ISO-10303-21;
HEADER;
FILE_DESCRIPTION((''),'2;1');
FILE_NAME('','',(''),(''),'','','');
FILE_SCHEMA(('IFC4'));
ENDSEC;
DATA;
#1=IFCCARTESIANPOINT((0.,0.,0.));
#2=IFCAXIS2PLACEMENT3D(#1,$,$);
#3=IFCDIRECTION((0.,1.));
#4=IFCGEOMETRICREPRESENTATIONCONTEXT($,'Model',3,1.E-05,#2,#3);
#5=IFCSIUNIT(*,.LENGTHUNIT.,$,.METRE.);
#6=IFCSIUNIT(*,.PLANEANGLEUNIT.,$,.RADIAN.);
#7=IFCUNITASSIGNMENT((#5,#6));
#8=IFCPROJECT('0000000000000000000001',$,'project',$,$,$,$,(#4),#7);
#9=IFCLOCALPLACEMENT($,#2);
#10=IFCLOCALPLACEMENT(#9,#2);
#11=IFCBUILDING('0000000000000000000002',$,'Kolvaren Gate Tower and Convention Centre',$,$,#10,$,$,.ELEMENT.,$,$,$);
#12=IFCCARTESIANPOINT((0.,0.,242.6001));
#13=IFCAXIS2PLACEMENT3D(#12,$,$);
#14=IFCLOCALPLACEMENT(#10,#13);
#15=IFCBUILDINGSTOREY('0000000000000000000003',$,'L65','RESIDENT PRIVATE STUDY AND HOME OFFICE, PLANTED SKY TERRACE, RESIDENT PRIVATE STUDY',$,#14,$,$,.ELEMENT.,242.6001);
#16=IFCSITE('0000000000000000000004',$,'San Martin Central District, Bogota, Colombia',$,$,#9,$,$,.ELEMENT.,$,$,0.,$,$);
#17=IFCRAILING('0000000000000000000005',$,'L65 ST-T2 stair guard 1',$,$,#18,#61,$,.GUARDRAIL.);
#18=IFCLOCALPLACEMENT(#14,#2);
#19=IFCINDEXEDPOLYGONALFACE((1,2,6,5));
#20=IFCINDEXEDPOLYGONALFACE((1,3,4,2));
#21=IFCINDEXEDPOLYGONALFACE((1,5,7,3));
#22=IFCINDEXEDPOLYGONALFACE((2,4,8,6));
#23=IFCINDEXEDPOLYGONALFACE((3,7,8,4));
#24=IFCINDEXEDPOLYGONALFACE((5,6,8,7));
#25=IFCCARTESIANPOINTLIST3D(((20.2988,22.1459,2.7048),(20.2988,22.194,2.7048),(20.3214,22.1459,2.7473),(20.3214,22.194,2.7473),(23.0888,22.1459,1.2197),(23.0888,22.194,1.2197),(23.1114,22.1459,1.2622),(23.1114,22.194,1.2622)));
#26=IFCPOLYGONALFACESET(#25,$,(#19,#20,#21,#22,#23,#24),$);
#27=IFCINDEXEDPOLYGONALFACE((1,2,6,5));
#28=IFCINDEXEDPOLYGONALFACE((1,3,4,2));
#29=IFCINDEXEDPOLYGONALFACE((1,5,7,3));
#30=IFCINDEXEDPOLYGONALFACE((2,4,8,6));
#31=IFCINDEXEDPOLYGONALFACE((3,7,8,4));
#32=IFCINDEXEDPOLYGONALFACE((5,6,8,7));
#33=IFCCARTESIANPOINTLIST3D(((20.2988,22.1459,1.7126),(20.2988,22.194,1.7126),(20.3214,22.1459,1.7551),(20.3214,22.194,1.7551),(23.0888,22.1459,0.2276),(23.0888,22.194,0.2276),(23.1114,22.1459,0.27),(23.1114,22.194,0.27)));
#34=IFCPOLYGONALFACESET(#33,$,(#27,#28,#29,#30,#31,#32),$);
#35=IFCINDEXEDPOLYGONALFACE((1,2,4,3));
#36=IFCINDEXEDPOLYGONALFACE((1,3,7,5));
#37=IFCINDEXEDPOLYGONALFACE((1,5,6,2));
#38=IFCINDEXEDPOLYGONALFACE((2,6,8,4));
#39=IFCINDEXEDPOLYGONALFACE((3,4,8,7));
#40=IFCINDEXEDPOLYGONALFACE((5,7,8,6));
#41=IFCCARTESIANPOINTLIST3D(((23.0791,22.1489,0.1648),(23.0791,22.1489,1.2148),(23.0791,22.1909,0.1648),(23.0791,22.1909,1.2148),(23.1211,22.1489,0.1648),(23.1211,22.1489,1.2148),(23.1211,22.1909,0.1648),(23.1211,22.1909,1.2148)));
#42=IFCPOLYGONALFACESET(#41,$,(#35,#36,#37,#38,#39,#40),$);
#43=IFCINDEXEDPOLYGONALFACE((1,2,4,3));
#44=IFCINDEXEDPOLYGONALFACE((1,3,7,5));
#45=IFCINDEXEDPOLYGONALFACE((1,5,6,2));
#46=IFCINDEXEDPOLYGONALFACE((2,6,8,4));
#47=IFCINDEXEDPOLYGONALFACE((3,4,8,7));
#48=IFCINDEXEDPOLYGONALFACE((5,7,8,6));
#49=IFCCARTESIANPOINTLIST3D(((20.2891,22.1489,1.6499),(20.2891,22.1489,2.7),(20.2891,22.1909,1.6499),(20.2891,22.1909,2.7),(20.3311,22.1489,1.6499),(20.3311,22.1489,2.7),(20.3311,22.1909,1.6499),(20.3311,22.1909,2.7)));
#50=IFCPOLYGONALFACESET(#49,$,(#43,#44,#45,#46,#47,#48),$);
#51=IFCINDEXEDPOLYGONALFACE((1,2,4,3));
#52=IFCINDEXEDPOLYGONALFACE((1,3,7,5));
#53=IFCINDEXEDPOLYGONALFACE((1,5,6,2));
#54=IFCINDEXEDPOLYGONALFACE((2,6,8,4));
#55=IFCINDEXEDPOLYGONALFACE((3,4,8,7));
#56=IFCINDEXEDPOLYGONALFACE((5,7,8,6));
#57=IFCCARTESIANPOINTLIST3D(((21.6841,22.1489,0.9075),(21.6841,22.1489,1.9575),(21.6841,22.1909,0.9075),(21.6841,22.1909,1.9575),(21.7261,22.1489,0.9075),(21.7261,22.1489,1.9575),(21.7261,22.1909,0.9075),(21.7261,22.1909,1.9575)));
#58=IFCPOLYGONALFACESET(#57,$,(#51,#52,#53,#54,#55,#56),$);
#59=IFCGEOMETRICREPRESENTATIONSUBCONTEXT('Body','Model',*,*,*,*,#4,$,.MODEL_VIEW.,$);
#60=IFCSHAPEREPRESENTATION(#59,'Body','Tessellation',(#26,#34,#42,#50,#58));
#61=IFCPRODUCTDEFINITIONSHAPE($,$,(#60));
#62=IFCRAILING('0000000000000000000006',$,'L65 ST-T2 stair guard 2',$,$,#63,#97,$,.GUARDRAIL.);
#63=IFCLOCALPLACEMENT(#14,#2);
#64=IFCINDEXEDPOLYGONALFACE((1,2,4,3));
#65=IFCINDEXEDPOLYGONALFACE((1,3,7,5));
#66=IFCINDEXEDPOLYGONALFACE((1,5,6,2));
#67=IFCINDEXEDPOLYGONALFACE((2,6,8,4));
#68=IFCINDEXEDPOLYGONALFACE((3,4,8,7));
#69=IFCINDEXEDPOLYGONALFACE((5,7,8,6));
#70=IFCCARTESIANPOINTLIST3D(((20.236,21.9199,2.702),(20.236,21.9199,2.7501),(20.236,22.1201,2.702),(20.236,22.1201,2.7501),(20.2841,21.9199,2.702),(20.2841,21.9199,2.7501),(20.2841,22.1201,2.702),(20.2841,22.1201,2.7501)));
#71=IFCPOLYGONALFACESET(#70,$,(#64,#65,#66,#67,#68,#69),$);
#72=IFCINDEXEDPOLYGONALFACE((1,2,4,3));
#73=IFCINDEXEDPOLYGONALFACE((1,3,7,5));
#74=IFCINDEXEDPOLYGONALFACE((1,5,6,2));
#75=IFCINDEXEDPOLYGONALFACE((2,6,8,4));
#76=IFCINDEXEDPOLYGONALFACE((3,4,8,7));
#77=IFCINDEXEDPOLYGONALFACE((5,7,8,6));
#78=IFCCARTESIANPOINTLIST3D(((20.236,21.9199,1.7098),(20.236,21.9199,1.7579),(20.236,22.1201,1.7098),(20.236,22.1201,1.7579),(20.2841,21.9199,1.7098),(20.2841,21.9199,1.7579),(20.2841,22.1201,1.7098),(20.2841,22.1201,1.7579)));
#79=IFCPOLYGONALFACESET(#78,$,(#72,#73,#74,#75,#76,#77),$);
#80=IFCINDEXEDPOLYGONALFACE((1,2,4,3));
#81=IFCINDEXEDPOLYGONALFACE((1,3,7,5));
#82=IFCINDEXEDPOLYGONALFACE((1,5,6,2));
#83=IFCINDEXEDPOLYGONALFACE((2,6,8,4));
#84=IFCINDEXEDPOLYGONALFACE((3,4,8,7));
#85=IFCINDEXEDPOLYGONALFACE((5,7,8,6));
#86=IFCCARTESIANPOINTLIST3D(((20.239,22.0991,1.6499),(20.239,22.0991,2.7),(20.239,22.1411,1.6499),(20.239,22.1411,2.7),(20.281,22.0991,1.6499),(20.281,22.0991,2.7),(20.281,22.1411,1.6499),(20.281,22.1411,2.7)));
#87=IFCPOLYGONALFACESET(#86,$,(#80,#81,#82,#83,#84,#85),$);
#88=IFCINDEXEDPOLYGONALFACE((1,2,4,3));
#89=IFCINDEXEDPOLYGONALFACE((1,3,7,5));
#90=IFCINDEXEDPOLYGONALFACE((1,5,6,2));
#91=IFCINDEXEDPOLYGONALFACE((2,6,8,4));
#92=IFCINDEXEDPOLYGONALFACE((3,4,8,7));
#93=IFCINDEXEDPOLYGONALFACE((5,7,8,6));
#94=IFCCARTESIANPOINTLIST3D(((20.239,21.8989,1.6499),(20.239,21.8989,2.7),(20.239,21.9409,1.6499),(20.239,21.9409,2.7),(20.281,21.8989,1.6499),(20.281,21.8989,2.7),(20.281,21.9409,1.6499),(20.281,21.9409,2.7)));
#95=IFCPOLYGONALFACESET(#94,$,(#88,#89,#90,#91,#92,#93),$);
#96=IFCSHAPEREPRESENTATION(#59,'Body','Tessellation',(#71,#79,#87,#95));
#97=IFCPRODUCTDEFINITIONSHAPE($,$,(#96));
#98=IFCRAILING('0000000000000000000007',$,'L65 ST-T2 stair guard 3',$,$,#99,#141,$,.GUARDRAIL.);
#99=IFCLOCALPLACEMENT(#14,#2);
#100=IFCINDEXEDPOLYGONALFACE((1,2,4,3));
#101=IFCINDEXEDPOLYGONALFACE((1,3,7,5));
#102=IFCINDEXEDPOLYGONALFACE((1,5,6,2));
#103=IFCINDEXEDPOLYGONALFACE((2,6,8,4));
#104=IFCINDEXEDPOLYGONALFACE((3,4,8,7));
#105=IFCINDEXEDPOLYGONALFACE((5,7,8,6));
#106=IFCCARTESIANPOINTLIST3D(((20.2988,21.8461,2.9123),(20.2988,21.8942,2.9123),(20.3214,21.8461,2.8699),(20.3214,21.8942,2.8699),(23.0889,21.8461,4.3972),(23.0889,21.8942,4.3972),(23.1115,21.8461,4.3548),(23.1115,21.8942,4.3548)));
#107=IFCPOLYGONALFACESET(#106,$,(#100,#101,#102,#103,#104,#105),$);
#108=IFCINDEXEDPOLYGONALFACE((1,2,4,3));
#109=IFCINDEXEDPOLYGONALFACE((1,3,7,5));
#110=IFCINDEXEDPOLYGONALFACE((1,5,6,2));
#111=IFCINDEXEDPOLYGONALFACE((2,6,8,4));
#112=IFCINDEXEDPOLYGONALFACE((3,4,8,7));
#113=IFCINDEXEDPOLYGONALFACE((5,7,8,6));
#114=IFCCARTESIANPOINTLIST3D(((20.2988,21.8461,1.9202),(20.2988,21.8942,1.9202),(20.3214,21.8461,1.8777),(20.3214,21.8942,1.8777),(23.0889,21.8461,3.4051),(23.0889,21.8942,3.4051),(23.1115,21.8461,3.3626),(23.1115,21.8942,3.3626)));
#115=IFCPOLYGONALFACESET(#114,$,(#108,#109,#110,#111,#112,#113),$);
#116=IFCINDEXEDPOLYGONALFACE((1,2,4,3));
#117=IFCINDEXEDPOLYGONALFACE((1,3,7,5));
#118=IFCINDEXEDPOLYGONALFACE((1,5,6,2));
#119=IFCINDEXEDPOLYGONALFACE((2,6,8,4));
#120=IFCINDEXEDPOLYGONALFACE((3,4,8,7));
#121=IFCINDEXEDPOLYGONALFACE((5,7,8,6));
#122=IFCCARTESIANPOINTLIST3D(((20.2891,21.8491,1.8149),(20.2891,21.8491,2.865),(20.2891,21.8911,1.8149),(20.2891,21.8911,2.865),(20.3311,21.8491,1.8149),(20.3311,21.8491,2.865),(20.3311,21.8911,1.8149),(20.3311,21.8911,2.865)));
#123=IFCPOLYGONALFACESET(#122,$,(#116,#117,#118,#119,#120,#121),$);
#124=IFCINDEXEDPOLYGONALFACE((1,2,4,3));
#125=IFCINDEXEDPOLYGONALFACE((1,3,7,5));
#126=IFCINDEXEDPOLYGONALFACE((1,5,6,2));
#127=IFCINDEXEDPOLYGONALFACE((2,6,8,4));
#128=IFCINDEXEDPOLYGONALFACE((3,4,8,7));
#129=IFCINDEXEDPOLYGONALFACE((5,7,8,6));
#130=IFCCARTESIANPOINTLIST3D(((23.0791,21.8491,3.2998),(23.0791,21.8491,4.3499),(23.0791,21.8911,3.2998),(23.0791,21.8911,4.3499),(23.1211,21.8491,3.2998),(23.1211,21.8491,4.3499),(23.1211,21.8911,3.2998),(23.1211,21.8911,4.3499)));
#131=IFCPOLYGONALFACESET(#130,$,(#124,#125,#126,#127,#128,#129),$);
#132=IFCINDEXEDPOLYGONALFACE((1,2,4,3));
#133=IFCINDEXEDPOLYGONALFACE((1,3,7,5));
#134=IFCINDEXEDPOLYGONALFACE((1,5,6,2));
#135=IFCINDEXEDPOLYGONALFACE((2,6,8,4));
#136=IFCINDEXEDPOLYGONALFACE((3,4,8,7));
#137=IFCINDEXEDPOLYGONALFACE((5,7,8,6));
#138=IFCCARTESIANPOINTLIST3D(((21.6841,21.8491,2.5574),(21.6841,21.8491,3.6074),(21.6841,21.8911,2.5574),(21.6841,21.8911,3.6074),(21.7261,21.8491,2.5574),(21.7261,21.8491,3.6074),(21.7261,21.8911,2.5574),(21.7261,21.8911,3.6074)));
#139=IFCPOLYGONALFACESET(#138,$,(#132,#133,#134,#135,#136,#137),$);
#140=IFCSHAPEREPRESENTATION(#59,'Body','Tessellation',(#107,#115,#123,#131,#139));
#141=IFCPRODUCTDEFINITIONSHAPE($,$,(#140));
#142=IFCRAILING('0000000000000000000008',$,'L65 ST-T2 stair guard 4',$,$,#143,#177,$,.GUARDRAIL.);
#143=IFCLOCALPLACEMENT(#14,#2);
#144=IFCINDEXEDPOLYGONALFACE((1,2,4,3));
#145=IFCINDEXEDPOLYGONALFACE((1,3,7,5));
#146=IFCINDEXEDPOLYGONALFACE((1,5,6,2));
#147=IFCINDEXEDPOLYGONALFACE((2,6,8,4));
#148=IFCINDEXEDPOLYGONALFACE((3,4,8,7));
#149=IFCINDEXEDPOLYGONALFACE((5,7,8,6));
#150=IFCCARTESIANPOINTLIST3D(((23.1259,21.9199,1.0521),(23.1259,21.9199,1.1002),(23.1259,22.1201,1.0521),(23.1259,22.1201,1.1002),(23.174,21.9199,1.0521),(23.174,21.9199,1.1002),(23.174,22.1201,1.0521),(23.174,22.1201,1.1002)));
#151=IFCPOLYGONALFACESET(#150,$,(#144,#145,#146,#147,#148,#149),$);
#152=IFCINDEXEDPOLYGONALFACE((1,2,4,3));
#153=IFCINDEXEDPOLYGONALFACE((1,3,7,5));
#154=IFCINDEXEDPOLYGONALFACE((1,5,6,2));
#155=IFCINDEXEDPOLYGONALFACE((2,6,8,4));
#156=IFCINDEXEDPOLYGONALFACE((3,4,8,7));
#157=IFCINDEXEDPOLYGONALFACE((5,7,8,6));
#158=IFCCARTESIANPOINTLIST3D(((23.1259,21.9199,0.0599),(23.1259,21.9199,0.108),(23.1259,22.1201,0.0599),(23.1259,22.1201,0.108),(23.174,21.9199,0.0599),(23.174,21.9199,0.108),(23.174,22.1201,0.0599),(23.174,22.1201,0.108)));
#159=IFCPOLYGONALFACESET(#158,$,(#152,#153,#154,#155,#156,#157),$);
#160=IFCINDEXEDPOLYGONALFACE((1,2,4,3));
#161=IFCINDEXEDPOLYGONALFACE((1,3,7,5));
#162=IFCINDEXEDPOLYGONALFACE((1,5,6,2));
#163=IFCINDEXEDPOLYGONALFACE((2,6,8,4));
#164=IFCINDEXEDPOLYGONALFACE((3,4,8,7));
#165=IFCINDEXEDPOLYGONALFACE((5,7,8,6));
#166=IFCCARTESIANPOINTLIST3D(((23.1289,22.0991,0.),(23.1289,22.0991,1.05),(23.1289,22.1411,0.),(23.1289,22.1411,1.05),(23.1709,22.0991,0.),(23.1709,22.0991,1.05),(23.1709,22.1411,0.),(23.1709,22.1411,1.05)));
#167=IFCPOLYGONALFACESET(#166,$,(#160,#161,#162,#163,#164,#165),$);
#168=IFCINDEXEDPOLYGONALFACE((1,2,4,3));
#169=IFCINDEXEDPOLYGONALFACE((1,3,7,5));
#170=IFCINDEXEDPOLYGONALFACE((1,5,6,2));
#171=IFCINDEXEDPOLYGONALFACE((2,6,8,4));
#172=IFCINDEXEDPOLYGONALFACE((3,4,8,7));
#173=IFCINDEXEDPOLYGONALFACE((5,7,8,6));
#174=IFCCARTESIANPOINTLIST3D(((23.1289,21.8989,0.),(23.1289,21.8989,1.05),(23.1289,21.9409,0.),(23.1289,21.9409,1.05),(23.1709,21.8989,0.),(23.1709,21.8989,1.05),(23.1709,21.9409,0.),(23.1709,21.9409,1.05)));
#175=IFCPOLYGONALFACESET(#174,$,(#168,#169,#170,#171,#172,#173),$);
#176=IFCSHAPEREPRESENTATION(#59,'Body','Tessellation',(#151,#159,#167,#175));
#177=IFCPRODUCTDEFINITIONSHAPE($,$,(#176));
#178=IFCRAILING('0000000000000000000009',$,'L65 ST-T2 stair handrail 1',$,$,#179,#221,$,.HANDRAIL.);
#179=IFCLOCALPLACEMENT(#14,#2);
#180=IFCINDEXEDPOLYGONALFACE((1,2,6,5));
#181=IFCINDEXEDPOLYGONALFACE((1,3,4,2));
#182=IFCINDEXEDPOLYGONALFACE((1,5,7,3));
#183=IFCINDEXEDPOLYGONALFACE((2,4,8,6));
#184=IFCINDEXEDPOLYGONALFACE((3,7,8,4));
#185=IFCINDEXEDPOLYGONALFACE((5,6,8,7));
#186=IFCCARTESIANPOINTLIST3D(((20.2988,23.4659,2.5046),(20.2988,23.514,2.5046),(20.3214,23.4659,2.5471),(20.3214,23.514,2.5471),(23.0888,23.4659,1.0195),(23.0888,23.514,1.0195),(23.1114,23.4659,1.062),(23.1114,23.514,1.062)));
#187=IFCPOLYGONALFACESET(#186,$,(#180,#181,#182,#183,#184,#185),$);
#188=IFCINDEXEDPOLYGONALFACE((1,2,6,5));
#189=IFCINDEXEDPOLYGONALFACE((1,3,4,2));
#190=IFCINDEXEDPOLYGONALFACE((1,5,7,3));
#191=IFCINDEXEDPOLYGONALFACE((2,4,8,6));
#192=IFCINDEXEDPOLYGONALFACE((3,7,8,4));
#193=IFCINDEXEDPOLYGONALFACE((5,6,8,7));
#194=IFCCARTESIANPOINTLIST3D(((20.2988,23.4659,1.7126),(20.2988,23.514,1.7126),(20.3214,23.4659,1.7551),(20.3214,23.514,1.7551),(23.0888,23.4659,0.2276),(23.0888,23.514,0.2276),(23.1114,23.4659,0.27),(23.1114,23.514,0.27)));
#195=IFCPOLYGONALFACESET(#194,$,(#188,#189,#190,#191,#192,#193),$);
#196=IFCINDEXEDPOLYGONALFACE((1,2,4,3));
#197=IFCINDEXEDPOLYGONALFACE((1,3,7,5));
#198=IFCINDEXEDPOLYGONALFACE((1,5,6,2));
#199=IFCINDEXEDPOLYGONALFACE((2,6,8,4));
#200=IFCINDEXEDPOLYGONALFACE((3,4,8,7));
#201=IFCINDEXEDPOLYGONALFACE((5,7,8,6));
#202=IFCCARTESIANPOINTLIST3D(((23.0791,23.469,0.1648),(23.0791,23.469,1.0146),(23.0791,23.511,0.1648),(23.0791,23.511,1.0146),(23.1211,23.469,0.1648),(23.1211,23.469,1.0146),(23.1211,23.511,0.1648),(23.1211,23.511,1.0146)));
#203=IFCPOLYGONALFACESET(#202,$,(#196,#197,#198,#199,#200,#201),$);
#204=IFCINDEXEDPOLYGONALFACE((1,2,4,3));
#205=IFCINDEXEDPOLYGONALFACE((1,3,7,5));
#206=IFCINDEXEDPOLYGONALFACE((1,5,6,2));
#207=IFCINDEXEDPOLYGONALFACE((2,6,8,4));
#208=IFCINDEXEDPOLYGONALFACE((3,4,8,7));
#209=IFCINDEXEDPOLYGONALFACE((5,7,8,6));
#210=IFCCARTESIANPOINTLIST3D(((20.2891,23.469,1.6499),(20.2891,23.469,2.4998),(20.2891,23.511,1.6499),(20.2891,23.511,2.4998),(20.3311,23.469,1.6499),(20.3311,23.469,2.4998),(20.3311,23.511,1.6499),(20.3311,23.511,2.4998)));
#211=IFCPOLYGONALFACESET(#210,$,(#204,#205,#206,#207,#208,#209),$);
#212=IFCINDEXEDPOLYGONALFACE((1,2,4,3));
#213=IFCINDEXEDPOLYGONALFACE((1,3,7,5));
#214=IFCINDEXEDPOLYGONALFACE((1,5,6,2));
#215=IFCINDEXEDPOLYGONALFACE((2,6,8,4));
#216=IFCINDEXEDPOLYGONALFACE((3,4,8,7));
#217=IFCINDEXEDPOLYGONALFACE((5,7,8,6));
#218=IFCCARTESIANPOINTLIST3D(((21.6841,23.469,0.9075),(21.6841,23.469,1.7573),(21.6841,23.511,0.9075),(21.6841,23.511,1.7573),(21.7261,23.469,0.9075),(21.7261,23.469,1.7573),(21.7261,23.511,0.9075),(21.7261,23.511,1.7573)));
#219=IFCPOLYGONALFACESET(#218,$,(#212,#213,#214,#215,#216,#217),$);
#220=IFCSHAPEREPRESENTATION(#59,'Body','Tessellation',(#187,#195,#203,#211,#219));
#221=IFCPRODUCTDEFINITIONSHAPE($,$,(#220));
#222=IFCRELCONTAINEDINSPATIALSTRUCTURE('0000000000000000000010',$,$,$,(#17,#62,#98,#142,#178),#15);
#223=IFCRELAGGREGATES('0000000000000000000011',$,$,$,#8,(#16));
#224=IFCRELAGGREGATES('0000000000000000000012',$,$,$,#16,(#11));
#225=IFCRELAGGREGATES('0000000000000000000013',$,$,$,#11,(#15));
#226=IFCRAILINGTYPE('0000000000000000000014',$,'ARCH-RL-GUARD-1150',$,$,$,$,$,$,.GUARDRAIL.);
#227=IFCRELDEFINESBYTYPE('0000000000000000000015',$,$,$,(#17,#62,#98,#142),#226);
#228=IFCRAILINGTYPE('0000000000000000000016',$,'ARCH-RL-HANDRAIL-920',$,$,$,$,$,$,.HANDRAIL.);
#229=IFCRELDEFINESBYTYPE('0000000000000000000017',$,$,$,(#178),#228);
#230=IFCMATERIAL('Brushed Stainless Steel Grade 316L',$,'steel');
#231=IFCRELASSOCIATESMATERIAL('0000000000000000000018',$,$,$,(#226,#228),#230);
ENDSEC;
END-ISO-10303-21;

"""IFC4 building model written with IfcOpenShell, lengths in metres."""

from ifc_helpers import new_model, si_unit, direction, frame, origin, origin_2d, place, context, subcontext, project, spatial, rectangle, extrude, material, type_object, element, save


model = new_model("IFC4")

# Units and contexts
model_context = context("Model", 3, precision=1e-05, world=origin(), true_north=direction((0.0, 1.0)))
body_context = subcontext(model_context, "Body", "Model", "MODEL_VIEW")
ifc_project = project(units=[si_unit("LENGTHUNIT", "METRE"), si_unit("PLANEANGLEUNIT", "RADIAN")], contexts=[model_context])

# Site, building, storey
site_placement = place(None, origin())
site = spatial("IfcSite", under=ifc_project, at=site_placement, Name="San Martin Central District, Bogota, Colombia", CompositionType="ELEMENT", RefElevation=0.0)
building_placement = place(site_placement, origin())
building = spatial("IfcBuilding", under=site, at=building_placement, Name="Kolvaren Gate Tower and Convention Centre", CompositionType="ELEMENT")
storey_placement = place(building_placement, frame((0.0, 0.0, 242.6001)))
storey = spatial("IfcBuildingStorey", under=building, at=storey_placement, Name="L65", Description="RESIDENT PRIVATE STUDY AND HOME OFFICE, PLANTED SKY TERRACE, RESIDENT PRIVATE STUDY", CompositionType="ELEMENT", Elevation=242.6001)

# Shared definitions
ifc_material_1 = material(Name="Brushed Stainless Steel Grade 316L", Category="steel")

# Railings
railing_type_1 = type_object("IfcRailingType", Name="ARCH-RL-GUARD-1150", PredefinedType="GUARDRAIL", material=ifc_material_1)
railing_1_placement = place(storey_placement, frame((23.1001, 22.1699, 0.1648)))
element("IfcRailing", 1, at=railing_1_placement, inside=storey, type_object=railing_type_1, Name="L65 ST-T2 stair guard 1", PredefinedType="GUARDRAIL", context=body_context, shape_type="SweptSolid", body=[
    extrude(rectangle(XDim=0.0481, YDim=0.0481, at=origin_2d()), frame((0.0, 0.0, 1.0762), z_axis=(-0.882735, 0.0, 0.46987), x_axis=(0.0, -1.0, 0.0)), (0.0, 0.0, 1.0), 3.1606),
    extrude(rectangle(XDim=0.0481, YDim=0.0481, at=origin_2d()), frame((0.0, 0.0, 0.084), z_axis=(-0.882735, 0.0, 0.46987), x_axis=(0.0, -1.0, 0.0)), (0.0, 0.0, 1.0), 3.1606),
    extrude(rectangle(XDim=0.042, YDim=0.042, at=origin_2d()), origin(), (0.0, 0.0, 1.0), 1.05),
    extrude(rectangle(XDim=0.042, YDim=0.042, at=origin_2d()), frame((-2.79, 0.0, 1.4851)), (0.0, 0.0, 1.0), 1.05),
    extrude(rectangle(XDim=0.042, YDim=0.042, at=origin_2d()), frame((-1.395, 0.0, 0.7427)), (0.0, 0.0, 1.0), 1.05),
])
railing_2_placement = place(storey_placement, frame((20.26, 22.1201, 1.6499)))
element("IfcRailing", 2, at=railing_2_placement, inside=storey, type_object=railing_type_1, Name="L65 ST-T2 stair guard 2", PredefinedType="GUARDRAIL", context=body_context, shape_type="SweptSolid", body=[
    extrude(rectangle(XDim=0.0481, YDim=0.0481, at=origin_2d()), frame((0.0, 0.0, 1.0762), z_axis=(0.0, -1.0, 0.0), x_axis=(1.0, 0.0, 0.0)), (0.0, 0.0, 1.0), 0.2002),
    extrude(rectangle(XDim=0.0481, YDim=0.0481, at=origin_2d()), frame((0.0, 0.0, 0.084), z_axis=(0.0, -1.0, 0.0), x_axis=(1.0, 0.0, 0.0)), (0.0, 0.0, 1.0), 0.2002),
    extrude(rectangle(XDim=0.042, YDim=0.042, at=origin_2d()), origin(), (0.0, 0.0, 1.0), 1.05),
    extrude(rectangle(XDim=0.042, YDim=0.042, at=origin_2d()), frame((0.0, -0.2002, 0.0)), (0.0, 0.0, 1.0), 1.05),
])
railing_3_placement = place(storey_placement, frame((20.3101, 21.8701, 1.8149)))
element("IfcRailing", 3, at=railing_3_placement, inside=storey, type_object=railing_type_1, Name="L65 ST-T2 stair guard 3", PredefinedType="GUARDRAIL", context=body_context, shape_type="SweptSolid", body=[
    extrude(rectangle(XDim=0.0481, YDim=0.0481, at=origin_2d()), frame((0.0, 0.0, 1.0762), z_axis=(0.882767, 0.0, 0.46981), x_axis=(0.0, 1.0, 0.0)), (0.0, 0.0, 1.0), 3.1606),
    extrude(rectangle(XDim=0.0481, YDim=0.0481, at=origin_2d()), frame((0.0, 0.0, 0.084), z_axis=(0.882767, 0.0, 0.46981), x_axis=(0.0, 1.0, 0.0)), (0.0, 0.0, 1.0), 3.1606),
    extrude(rectangle(XDim=0.042, YDim=0.042, at=origin_2d()), origin(), (0.0, 0.0, 1.0), 1.05),
    extrude(rectangle(XDim=0.042, YDim=0.042, at=origin_2d()), frame((2.79, 0.0, 1.4849)), (0.0, 0.0, 1.0), 1.05),
    extrude(rectangle(XDim=0.042, YDim=0.042, at=origin_2d()), frame((1.395, 0.0, 0.7424)), (0.0, 0.0, 1.0), 1.05),
])
railing_4_placement = place(storey_placement, frame((23.1499, 22.1201, 0.0)))
element("IfcRailing", 4, at=railing_4_placement, inside=storey, type_object=railing_type_1, Name="L65 ST-T2 stair guard 4", PredefinedType="GUARDRAIL", context=body_context, shape_type="SweptSolid", body=[
    extrude(rectangle(XDim=0.0481, YDim=0.0481, at=origin_2d()), frame((0.0, 0.0, 1.0762), z_axis=(0.0, -1.0, 0.0), x_axis=(1.0, 0.0, 0.0)), (0.0, 0.0, 1.0), 0.2002),
    extrude(rectangle(XDim=0.0481, YDim=0.0481, at=origin_2d()), frame((0.0, 0.0, 0.084), z_axis=(0.0, -1.0, 0.0), x_axis=(1.0, 0.0, 0.0)), (0.0, 0.0, 1.0), 0.2002),
    extrude(rectangle(XDim=0.042, YDim=0.042, at=origin_2d()), origin(), (0.0, 0.0, 1.0), 1.05),
    extrude(rectangle(XDim=0.042, YDim=0.042, at=origin_2d()), frame((0.0, -0.2002, 0.0)), (0.0, 0.0, 1.0), 1.05),
])
railing_type_2 = type_object("IfcRailingType", Name="ARCH-RL-HANDRAIL-920", PredefinedType="HANDRAIL", material=ifc_material_1)
railing_5_placement = place(storey_placement, frame((23.1001, 23.49, 0.1648)))
element("IfcRailing", 5, at=railing_5_placement, inside=storey, type_object=railing_type_2, Name="L65 ST-T2 stair handrail 1", PredefinedType="HANDRAIL", context=body_context, shape_type="SweptSolid", body=[
    extrude(rectangle(XDim=0.0481, YDim=0.0481, at=origin_2d()), frame((0.0, 0.0, 0.876), z_axis=(-0.882735, 0.0, 0.46987), x_axis=(0.0, -1.0, 0.0)), (0.0, 0.0, 1.0), 3.1606),
    extrude(rectangle(XDim=0.0481, YDim=0.0481, at=origin_2d()), frame((0.0, 0.0, 0.084), z_axis=(-0.882735, 0.0, 0.46987), x_axis=(0.0, -1.0, 0.0)), (0.0, 0.0, 1.0), 3.1606),
    extrude(rectangle(XDim=0.042, YDim=0.042, at=origin_2d()), origin(), (0.0, 0.0, 1.0), 0.8499),
    extrude(rectangle(XDim=0.042, YDim=0.042, at=origin_2d()), frame((-2.79, 0.0, 1.4851)), (0.0, 0.0, 1.0), 0.8499),
    extrude(rectangle(XDim=0.042, YDim=0.042, at=origin_2d()), frame((-1.395, 0.0, 0.7427)), (0.0, 0.0, 1.0), 0.8499),
])

save(model, "model.ifc")
